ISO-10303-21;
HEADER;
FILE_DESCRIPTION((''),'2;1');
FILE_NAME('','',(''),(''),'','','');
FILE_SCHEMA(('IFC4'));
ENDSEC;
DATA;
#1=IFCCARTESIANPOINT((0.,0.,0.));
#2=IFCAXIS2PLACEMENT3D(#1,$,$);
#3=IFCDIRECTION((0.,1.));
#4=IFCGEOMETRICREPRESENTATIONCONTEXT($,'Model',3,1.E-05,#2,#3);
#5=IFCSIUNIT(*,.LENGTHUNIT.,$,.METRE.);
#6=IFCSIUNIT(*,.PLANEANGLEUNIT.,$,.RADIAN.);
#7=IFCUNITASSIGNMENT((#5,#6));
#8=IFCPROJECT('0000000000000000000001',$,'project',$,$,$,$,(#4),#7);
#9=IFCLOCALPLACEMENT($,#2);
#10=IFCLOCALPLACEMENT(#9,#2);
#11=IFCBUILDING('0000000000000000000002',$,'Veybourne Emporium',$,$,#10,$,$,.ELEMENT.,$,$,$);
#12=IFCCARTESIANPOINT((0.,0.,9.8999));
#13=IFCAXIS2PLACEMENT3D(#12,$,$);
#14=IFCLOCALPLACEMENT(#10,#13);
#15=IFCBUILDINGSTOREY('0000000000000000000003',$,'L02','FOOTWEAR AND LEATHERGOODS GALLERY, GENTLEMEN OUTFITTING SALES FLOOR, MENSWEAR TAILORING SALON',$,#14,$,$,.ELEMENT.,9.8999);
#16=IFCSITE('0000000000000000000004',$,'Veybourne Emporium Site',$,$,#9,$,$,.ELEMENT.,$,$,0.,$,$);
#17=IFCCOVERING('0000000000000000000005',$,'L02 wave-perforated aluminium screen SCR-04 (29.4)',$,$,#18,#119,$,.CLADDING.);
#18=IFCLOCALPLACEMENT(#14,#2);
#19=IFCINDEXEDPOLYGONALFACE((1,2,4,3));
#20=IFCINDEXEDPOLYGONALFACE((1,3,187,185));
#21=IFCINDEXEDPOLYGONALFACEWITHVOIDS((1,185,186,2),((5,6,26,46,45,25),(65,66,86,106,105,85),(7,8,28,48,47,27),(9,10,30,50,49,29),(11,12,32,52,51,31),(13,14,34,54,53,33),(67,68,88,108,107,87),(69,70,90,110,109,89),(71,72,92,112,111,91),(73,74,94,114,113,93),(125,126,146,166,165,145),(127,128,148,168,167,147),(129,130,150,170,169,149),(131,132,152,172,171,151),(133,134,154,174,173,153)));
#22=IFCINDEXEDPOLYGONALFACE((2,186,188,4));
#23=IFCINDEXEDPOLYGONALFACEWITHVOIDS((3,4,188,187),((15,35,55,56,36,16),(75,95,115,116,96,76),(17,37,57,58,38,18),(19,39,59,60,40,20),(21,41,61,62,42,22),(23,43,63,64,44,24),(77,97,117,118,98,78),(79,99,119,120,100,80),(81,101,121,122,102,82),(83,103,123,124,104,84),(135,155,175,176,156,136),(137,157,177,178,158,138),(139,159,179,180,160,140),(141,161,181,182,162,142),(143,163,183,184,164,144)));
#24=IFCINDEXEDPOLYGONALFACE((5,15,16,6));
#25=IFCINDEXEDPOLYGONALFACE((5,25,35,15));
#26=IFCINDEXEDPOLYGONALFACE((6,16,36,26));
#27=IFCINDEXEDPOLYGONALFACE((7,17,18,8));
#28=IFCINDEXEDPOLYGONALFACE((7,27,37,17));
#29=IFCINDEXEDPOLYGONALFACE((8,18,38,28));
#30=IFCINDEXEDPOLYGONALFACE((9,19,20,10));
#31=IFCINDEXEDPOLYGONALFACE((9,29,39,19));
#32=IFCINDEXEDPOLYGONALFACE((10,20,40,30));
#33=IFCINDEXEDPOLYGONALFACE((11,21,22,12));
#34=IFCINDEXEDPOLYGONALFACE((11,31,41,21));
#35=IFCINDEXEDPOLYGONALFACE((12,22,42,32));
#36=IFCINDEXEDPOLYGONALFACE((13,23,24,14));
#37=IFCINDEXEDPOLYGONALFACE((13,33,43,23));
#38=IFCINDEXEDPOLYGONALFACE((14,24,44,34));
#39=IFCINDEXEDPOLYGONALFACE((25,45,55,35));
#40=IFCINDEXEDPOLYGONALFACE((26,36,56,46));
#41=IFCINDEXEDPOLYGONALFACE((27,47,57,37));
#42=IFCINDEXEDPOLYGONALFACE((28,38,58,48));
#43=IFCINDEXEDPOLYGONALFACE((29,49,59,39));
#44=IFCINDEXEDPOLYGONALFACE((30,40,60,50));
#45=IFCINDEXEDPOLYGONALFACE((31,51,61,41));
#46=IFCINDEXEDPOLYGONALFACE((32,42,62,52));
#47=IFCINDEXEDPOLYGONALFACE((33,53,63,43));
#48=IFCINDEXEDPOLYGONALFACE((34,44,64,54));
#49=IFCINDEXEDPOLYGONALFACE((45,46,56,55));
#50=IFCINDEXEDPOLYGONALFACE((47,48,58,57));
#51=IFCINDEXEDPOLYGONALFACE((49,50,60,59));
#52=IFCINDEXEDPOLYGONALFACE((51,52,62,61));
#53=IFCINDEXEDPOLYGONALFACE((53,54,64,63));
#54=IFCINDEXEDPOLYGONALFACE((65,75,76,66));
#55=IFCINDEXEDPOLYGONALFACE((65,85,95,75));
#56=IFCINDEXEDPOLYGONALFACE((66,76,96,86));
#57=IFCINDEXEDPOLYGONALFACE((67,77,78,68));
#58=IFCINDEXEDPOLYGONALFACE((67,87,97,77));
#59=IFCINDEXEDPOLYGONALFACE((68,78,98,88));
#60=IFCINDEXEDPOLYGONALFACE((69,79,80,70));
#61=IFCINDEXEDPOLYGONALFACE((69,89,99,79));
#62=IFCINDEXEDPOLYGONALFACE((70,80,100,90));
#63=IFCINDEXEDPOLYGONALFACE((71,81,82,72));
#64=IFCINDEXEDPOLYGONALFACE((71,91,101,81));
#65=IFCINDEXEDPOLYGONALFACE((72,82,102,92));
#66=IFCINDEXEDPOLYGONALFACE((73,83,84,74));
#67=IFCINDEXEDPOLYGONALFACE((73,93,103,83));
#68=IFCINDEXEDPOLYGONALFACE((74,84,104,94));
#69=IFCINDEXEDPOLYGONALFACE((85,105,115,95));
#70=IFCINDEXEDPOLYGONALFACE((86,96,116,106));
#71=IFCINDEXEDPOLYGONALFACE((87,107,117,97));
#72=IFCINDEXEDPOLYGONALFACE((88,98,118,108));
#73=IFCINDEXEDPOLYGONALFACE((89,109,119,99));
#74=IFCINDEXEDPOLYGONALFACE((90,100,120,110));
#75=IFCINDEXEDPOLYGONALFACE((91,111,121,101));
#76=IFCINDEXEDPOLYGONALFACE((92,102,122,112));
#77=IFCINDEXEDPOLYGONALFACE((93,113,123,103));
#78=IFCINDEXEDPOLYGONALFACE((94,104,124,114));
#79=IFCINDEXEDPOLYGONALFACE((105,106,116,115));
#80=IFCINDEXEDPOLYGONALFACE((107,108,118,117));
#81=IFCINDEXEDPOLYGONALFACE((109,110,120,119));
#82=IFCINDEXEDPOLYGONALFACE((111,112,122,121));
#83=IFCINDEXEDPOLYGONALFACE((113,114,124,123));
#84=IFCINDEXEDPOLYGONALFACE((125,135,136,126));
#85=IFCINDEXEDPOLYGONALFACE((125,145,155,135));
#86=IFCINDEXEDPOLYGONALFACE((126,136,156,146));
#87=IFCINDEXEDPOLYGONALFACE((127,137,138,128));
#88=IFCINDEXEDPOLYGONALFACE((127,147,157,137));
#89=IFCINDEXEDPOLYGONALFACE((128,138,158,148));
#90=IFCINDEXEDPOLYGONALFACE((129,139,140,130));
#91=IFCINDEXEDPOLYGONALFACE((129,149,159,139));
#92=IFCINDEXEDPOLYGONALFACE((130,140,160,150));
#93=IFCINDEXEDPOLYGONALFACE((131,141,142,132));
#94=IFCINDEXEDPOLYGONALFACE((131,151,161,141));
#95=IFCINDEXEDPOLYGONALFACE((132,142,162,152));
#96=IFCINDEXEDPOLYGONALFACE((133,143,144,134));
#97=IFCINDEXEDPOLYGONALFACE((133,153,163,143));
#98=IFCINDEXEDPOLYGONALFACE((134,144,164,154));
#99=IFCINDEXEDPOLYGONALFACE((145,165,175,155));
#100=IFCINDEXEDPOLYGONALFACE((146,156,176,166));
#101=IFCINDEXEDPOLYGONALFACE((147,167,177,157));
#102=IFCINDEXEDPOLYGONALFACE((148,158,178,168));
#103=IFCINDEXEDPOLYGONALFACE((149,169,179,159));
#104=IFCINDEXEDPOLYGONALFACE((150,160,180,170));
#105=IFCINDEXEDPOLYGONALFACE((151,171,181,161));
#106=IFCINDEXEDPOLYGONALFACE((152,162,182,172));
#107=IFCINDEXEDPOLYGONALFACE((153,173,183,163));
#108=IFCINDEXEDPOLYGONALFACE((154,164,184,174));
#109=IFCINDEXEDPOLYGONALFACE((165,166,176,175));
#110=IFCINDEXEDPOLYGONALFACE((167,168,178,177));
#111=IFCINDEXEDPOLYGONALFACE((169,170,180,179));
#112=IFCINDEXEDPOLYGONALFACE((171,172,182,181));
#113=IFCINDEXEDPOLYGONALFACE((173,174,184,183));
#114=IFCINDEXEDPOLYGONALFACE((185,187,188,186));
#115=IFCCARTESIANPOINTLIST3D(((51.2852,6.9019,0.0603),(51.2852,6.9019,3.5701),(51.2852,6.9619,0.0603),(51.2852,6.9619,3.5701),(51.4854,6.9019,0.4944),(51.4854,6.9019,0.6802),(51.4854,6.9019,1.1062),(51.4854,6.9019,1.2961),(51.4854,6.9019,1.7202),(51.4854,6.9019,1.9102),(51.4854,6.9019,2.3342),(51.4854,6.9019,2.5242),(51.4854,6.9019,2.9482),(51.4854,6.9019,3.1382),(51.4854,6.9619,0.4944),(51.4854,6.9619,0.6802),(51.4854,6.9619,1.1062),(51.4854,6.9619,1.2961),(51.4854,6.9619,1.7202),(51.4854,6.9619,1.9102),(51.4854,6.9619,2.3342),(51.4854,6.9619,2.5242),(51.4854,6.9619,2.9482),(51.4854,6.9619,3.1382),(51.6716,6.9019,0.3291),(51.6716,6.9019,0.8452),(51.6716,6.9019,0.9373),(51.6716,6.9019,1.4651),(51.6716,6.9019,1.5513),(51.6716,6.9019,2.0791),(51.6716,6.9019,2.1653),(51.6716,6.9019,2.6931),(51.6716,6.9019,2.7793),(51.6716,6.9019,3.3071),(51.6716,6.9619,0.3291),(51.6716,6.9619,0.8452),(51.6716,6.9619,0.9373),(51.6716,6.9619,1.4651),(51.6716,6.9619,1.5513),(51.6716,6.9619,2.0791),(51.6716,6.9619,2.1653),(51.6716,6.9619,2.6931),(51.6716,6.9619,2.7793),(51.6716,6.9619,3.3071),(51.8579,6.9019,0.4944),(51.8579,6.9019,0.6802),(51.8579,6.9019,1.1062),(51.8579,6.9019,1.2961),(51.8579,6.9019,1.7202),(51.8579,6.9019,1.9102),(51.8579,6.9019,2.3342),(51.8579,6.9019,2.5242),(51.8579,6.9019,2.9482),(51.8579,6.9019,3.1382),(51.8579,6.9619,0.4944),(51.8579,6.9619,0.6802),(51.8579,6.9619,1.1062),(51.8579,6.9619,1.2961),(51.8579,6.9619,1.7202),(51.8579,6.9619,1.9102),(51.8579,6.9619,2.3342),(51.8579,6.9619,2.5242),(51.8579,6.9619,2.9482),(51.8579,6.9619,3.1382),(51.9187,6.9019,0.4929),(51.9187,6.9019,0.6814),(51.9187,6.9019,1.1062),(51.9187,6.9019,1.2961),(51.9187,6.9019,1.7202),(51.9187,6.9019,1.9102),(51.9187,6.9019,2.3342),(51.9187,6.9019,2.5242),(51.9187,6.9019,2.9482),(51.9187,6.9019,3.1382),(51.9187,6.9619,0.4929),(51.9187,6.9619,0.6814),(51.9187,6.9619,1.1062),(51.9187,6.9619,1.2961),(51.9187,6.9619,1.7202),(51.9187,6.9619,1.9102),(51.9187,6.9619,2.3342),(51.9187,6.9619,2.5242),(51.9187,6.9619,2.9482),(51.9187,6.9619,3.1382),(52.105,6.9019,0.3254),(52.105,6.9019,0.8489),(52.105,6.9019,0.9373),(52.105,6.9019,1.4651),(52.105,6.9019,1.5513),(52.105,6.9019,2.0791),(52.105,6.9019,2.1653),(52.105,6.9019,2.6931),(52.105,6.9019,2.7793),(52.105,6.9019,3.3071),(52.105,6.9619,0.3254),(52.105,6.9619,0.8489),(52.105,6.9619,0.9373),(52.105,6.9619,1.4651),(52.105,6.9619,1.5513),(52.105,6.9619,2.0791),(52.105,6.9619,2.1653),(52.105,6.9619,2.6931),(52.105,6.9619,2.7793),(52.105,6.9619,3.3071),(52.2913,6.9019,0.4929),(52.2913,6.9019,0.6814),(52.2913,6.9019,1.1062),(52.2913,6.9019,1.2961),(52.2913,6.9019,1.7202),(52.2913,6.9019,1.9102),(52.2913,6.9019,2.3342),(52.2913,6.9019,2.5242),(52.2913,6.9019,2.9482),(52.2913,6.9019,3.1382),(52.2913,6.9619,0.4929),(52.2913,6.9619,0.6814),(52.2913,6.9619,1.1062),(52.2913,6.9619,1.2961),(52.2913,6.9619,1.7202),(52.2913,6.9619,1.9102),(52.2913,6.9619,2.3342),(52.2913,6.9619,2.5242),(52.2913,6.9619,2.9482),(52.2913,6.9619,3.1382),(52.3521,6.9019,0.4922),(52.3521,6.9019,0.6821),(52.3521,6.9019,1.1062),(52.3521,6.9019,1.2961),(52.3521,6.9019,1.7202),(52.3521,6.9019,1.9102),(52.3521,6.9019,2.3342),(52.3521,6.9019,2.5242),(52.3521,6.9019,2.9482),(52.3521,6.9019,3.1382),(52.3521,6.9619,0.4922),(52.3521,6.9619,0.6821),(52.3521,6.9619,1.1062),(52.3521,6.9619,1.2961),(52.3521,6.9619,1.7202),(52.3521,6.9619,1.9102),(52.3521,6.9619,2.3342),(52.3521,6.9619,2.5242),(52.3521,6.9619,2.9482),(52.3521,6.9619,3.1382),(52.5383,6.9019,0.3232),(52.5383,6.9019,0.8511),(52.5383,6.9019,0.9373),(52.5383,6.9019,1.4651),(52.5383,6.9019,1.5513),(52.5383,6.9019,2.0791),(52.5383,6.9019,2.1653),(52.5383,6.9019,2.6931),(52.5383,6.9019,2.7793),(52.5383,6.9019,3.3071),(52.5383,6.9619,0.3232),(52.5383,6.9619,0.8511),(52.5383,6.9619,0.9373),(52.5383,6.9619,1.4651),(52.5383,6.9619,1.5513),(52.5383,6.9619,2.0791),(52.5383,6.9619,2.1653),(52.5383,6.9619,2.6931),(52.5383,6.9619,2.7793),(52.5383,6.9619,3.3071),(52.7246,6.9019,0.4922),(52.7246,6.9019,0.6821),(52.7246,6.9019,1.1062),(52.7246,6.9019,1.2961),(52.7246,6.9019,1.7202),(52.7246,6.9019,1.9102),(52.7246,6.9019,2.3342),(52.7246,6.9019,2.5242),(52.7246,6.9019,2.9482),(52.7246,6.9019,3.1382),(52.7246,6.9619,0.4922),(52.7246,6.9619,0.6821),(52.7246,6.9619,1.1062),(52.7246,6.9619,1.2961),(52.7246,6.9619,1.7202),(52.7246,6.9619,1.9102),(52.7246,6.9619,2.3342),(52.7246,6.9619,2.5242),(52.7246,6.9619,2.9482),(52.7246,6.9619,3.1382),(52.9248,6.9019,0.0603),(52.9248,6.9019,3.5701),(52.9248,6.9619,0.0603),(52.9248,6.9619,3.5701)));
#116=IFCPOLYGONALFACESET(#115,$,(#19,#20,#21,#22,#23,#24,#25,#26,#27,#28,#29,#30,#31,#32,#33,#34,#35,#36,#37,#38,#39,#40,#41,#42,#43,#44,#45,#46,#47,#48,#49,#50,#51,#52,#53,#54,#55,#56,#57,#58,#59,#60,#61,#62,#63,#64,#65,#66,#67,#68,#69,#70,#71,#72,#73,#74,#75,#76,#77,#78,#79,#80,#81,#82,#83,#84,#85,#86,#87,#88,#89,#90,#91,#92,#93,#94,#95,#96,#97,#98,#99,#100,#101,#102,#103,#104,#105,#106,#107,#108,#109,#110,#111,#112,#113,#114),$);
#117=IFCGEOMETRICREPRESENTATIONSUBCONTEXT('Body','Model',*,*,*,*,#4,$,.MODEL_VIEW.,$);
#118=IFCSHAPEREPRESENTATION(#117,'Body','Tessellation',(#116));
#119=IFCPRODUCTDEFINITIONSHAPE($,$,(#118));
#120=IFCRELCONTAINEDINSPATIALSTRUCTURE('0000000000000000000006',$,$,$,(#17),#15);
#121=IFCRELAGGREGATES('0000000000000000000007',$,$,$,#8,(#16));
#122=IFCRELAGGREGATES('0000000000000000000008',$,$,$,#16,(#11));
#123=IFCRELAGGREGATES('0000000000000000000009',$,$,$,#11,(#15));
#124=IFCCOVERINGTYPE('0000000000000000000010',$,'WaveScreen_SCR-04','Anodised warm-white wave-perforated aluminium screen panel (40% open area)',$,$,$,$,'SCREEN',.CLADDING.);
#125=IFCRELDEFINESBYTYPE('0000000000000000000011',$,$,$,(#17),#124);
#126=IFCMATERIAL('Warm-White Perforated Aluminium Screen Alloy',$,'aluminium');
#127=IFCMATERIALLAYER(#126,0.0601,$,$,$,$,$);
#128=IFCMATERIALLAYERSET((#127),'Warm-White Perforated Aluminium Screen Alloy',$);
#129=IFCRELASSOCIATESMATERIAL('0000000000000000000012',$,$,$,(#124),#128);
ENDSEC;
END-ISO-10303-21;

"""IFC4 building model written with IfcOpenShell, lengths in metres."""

from ifc_helpers import new_model, si_unit, direction, frame, origin, place, context, subcontext, project, spatial, polyline, outline, extrude, material, layer, layer_set, type_object, element, save


model = new_model("IFC4")

# Units and contexts
model_context = context("Model", 3, precision=1e-05, world=origin(), true_north=direction((0.0, 1.0)))
body_context = subcontext(model_context, "Body", "Model", "MODEL_VIEW")
ifc_project = project(units=[si_unit("LENGTHUNIT", "METRE"), si_unit("PLANEANGLEUNIT", "RADIAN")], contexts=[model_context])

# Site, building, storey
site_placement = place(None, origin())
site = spatial("IfcSite", under=ifc_project, at=site_placement, Name="Veybourne Emporium Site", CompositionType="ELEMENT", RefElevation=0.0)
building_placement = place(site_placement, origin())
building = spatial("IfcBuilding", under=site, at=building_placement, Name="Veybourne Emporium", CompositionType="ELEMENT")
storey_placement = place(building_placement, frame((0.0, 0.0, 9.8999)))
storey = spatial("IfcBuildingStorey", under=building, at=storey_placement, Name="L02", Description="FOOTWEAR AND LEATHERGOODS GALLERY, GENTLEMEN OUTFITTING SALES FLOOR, MENSWEAR TAILORING SALON", CompositionType="ELEMENT", Elevation=9.8999)

# Covering
ifc_material_1 = material(Name="Warm-White Perforated Aluminium Screen Alloy", Category="aluminium")
ifc_layer_1 = layer(ifc_material_1, 0.0601)
ifc_layer_set_1 = layer_set([ifc_layer_1], Name="Warm-White Perforated Aluminium Screen Alloy")
covering_type_1 = type_object("IfcCoveringType", Name="WaveScreen_SCR-04", Description="Anodised warm-white wave-perforated aluminium screen panel (40% open area)", ElementType="SCREEN", PredefinedType="CLADDING", material=ifc_layer_set_1)
covering_1_placement = place(storey_placement, frame((52.105, 6.9019, 1.8152), z_axis=(0.0, 1.0, 0.0), x_axis=(-1.0, 0.0, 0.0)))
element("IfcCovering", 1, at=covering_1_placement, inside=storey, type_object=covering_type_1, Name="L02 wave-perforated aluminium screen SCR-04 (29.4)", PredefinedType="CLADDING", context=body_context, shape_type="SweptSolid", body=[
    extrude(outline(polyline([(-0.8198, -1.7549), (0.8198, -1.7549), (0.8198, 1.7549), (-0.8198, 1.7549), (-0.8198, -1.7549)]), holes=[polyline([(-0.4333, -0.9641), (-0.2471, -1.1331), (-0.2471, -1.323), (-0.4333, -1.4919), (-0.6196, -1.323), (-0.6196, -1.1331), (-0.4333, -0.9641)]), polyline([(-0.4333, -0.3501), (-0.2471, -0.519), (-0.2471, -0.709), (-0.4333, -0.8779), (-0.6196, -0.709), (-0.6196, -0.519), (-0.4333, -0.3501)]), polyline([(-0.4333, 0.2639), (-0.2471, 0.095), (-0.2471, -0.095), (-0.4333, -0.2639), (-0.6196, -0.095), (-0.6196, 0.095), (-0.4333, 0.2639)]), polyline([(-0.4333, 0.8779), (-0.2471, 0.709), (-0.2471, 0.519), (-0.4333, 0.3501), (-0.6196, 0.519), (-0.6196, 0.709), (-0.4333, 0.8779)]), polyline([(-0.4333, 1.4919), (-0.2471, 1.323), (-0.2471, 1.1331), (-0.4333, 0.9641), (-0.6196, 1.1331), (-0.6196, 1.323), (-0.4333, 1.4919)]), polyline([(0.0, -0.9663), (0.1863, -1.1338), (0.1863, -1.3223), (0.0, -1.4897), (-0.1863, -1.3223), (-0.1863, -1.1338), (0.0, -0.9663)]), polyline([(0.0, -0.3501), (0.1863, -0.519), (0.1863, -0.709), (0.0, -0.8779), (-0.1863, -0.709), (-0.1863, -0.519), (0.0, -0.3501)]), polyline([(0.0, 0.2639), (0.1863, 0.095), (0.1863, -0.095), (0.0, -0.2639), (-0.1863, -0.095), (-0.1863, 0.095), (0.0, 0.2639)]), polyline([(0.0, 0.8779), (0.1863, 0.709), (0.1863, 0.519), (0.0, 0.3501), (-0.1863, 0.519), (-0.1863, 0.709), (0.0, 0.8779)]), polyline([(0.0, 1.4919), (0.1863, 1.323), (0.1863, 1.1331), (0.0, 0.9641), (-0.1863, 1.1331), (-0.1863, 1.323), (0.0, 1.4919)]), polyline([(0.4333, -0.97), (0.6196, -1.135), (0.6196, -1.3208), (0.4333, -1.4861), (0.2471, -1.3208), (0.2471, -1.135), (0.4333, -0.97)]), polyline([(0.4333, -0.3501), (0.6196, -0.519), (0.6196, -0.709), (0.4333, -0.8779), (0.2471, -0.709), (0.2471, -0.519), (0.4333, -0.3501)]), polyline([(0.4333, 0.2639), (0.6196, 0.095), (0.6196, -0.095), (0.4333, -0.2639), (0.2471, -0.095), (0.2471, 0.095), (0.4333, 0.2639)]), polyline([(0.4333, 0.8779), (0.6196, 0.709), (0.6196, 0.519), (0.4333, 0.3501), (0.2471, 0.519), (0.2471, 0.709), (0.4333, 0.8779)]), polyline([(0.4333, 1.4919), (0.6196, 1.323), (0.6196, 1.1331), (0.4333, 0.9641), (0.2471, 1.1331), (0.2471, 1.323), (0.4333, 1.4919)])]), origin(), (0.0, 0.0, 1.0), 0.0601),
])

save(model, "model.ifc")
